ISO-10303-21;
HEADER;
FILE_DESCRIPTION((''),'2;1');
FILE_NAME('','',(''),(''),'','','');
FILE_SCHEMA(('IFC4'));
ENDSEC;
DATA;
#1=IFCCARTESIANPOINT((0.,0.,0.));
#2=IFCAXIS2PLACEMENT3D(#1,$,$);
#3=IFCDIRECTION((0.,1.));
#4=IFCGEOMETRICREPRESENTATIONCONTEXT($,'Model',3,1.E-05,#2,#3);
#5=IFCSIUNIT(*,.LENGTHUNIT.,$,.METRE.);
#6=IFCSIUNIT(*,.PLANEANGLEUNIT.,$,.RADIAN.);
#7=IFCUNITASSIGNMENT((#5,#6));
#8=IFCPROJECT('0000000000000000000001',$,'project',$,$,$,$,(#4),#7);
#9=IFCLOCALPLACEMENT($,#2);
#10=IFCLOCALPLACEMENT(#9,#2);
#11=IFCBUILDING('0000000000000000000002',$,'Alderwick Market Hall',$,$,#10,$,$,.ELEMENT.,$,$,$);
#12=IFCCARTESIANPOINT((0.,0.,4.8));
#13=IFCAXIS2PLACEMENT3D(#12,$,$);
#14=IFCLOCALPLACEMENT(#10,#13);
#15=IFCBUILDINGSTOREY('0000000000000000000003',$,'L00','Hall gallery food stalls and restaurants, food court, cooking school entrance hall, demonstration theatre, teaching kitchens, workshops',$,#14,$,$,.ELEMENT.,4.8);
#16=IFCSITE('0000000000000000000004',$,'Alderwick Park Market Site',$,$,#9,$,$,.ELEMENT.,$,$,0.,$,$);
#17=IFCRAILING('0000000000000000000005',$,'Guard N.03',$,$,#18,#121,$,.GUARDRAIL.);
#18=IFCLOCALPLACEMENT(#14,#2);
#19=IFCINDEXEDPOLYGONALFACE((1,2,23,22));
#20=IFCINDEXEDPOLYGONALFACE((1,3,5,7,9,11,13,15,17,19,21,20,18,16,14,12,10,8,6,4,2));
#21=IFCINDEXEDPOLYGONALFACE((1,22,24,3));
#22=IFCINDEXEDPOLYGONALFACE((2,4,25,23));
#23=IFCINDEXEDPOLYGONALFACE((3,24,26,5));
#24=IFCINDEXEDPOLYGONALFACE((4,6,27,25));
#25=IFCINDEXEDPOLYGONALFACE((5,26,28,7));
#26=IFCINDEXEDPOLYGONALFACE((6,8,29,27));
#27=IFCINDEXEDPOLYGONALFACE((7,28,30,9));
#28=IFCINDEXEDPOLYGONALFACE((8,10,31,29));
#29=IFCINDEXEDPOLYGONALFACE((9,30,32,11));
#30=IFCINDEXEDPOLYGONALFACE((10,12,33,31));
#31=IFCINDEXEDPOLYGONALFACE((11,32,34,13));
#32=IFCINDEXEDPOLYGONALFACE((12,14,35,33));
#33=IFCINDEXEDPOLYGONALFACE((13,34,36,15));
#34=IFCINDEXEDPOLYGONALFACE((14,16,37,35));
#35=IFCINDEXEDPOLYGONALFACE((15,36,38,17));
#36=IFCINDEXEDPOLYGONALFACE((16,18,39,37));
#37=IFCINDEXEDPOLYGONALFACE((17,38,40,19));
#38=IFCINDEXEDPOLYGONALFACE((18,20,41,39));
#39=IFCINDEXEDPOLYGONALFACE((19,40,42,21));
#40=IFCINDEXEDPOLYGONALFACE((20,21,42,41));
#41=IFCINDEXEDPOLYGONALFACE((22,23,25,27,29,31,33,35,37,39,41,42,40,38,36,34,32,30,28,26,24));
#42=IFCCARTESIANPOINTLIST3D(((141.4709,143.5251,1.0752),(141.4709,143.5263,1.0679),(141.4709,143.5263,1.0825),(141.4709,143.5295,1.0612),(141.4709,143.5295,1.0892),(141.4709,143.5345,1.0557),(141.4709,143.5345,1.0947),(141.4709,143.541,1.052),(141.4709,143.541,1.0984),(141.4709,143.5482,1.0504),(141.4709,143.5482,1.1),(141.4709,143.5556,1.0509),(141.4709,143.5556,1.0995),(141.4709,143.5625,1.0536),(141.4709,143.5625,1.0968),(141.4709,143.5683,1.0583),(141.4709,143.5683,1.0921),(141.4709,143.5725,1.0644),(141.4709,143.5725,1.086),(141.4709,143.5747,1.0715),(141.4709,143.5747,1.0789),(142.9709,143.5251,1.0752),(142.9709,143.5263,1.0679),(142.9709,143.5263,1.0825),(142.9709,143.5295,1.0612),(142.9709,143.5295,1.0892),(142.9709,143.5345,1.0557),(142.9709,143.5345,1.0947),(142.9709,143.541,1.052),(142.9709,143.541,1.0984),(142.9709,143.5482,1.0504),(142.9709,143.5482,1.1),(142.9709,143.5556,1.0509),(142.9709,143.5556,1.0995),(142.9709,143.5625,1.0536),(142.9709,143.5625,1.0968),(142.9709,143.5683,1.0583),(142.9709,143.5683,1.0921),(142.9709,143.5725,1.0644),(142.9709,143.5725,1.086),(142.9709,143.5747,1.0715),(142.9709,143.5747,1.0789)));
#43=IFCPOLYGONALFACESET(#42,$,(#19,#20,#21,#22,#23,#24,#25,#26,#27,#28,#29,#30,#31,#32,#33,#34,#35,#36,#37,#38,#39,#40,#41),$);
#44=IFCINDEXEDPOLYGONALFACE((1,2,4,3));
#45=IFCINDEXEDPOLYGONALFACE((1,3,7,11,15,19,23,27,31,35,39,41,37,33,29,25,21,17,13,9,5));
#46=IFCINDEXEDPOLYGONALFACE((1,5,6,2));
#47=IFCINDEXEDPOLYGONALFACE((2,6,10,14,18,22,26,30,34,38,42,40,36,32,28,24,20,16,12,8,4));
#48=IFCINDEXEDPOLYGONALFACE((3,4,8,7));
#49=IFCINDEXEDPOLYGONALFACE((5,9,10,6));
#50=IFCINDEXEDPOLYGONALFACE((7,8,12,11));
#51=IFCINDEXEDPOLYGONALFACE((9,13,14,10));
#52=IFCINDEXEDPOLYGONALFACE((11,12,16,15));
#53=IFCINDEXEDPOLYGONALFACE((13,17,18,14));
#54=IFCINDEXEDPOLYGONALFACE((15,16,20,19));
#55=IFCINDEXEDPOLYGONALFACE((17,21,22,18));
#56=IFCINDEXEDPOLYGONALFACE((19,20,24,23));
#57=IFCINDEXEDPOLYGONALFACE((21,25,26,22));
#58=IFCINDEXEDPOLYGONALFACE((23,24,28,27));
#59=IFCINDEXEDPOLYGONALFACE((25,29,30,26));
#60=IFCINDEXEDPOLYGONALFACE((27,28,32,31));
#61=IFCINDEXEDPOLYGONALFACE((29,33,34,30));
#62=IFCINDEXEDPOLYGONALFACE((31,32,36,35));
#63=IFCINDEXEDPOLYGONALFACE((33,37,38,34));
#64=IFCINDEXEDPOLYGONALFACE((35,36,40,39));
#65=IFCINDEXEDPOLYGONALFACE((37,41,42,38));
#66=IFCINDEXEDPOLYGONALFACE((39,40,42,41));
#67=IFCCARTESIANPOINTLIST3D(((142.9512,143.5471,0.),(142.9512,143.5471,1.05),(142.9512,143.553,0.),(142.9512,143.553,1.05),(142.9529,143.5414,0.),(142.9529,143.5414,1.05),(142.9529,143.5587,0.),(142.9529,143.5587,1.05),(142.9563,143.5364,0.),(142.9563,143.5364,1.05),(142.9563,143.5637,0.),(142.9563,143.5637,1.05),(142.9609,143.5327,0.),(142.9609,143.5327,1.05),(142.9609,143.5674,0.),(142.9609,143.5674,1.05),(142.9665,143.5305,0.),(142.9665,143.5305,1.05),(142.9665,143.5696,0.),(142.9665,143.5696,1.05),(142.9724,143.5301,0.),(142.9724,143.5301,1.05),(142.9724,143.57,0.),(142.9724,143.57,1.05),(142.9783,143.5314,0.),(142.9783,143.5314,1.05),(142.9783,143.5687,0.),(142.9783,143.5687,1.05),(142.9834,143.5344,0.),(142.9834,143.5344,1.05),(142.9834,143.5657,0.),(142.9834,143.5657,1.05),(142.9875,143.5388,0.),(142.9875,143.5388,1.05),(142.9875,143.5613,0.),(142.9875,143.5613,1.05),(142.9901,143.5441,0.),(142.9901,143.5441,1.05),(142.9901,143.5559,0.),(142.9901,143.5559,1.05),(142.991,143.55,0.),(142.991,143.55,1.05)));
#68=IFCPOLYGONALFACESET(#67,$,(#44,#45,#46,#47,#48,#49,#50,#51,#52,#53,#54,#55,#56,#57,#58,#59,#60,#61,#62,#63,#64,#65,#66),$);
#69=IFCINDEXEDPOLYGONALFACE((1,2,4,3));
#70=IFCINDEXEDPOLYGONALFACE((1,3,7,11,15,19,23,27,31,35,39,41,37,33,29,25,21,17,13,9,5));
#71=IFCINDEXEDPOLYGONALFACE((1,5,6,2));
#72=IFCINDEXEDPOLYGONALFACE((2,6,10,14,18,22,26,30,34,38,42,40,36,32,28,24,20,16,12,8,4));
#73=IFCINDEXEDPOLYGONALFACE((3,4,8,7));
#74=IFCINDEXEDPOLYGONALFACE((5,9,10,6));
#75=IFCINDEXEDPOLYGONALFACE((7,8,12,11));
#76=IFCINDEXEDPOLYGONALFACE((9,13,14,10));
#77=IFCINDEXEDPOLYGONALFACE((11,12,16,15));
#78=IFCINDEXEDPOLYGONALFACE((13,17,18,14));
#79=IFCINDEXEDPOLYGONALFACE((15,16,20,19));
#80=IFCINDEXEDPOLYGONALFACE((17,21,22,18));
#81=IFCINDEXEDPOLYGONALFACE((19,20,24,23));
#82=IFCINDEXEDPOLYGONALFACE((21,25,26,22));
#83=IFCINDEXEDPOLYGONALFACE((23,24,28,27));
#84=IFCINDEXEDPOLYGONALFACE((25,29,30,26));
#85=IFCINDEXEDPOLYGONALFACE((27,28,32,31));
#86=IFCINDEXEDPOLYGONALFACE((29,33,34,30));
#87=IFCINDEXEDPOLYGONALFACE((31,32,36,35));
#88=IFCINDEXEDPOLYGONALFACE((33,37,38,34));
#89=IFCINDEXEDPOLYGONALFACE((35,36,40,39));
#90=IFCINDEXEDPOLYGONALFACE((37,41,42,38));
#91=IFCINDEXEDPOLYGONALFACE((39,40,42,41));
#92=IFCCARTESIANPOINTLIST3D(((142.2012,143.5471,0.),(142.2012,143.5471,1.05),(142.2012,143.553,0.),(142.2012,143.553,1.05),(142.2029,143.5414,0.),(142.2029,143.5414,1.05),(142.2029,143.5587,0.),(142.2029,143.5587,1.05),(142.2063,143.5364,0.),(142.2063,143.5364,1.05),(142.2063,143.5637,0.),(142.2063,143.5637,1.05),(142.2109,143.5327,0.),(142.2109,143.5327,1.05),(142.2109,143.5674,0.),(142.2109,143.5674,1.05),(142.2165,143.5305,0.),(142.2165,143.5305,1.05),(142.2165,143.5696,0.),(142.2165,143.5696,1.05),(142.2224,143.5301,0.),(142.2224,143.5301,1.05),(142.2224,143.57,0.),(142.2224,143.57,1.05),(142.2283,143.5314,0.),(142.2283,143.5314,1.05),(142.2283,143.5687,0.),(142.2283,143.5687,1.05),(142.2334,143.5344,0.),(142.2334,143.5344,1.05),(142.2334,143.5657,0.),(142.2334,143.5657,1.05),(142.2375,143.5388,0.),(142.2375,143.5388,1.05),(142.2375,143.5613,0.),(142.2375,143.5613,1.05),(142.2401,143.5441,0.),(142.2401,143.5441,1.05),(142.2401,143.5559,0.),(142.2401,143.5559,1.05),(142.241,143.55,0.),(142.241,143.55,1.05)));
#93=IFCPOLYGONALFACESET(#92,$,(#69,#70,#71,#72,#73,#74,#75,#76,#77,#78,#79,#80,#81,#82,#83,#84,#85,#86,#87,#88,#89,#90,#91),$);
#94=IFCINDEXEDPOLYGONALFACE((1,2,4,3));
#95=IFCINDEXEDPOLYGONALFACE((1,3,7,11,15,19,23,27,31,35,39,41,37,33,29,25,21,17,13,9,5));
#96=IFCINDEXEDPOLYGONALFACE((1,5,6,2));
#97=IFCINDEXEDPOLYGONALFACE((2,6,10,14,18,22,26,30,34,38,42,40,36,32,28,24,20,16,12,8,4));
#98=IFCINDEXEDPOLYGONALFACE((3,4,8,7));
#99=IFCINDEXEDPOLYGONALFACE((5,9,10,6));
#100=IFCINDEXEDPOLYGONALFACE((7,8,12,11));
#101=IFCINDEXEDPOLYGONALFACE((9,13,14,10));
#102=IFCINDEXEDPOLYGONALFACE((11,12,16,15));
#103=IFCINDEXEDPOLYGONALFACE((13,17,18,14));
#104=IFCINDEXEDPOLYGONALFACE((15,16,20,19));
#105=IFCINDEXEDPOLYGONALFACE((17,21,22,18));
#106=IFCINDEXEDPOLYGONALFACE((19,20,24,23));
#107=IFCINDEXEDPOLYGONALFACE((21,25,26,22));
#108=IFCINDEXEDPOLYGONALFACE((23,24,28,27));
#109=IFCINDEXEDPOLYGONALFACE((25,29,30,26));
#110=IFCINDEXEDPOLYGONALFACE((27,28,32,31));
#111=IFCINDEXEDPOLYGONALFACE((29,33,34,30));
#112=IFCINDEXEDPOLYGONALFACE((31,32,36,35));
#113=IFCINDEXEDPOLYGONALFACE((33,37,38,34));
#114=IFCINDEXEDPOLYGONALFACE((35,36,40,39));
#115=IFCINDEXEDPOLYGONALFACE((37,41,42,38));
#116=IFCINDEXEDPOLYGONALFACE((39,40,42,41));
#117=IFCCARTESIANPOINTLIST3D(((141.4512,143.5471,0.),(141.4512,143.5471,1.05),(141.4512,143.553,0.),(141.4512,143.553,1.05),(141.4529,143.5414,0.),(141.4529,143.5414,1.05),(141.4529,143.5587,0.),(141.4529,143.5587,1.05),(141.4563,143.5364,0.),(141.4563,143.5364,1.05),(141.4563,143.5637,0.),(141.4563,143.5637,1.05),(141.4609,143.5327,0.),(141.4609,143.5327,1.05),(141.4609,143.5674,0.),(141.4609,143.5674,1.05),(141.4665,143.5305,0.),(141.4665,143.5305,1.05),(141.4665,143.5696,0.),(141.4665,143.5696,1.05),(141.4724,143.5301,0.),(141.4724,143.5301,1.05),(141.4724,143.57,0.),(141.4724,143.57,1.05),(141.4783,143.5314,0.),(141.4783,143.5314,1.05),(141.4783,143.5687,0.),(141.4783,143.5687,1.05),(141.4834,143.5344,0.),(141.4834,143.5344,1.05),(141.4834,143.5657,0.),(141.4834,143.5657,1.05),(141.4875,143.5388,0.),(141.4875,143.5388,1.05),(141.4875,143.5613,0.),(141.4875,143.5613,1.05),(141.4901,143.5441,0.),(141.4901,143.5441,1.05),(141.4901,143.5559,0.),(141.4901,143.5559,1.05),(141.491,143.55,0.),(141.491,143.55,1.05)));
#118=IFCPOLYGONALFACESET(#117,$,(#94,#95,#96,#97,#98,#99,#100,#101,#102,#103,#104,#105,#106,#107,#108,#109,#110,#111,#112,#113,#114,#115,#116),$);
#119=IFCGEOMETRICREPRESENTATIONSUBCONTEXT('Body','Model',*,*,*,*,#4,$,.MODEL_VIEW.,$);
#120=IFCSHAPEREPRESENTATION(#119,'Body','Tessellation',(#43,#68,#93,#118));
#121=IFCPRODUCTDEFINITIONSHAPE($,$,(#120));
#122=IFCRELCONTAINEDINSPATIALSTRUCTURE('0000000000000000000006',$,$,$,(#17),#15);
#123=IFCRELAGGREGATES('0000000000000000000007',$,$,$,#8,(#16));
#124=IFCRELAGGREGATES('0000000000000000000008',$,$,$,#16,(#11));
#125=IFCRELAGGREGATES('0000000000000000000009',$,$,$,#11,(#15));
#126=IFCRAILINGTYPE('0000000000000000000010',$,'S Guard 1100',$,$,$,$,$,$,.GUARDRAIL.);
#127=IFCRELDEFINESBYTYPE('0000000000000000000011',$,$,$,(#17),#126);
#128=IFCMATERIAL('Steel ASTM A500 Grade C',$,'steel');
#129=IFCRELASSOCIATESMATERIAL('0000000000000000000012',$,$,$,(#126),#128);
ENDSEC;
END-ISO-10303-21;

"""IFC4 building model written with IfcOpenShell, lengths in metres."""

from ifc_helpers import new_model, si_unit, direction, frame, origin, origin_2d, place, context, subcontext, project, spatial, circle, extrude, material, type_object, element, save


model = new_model("IFC4")

# Units and contexts
model_context = context("Model", 3, precision=1e-05, world=origin(), true_north=direction((0.0, 1.0)))
body_context = subcontext(model_context, "Body", "Model", "MODEL_VIEW")
ifc_project = project(units=[si_unit("LENGTHUNIT", "METRE"), si_unit("PLANEANGLEUNIT", "RADIAN")], contexts=[model_context])

# Site, building, storey
site_placement = place(None, origin())
site = spatial("IfcSite", under=ifc_project, at=site_placement, Name="Alderwick Park Market Site", CompositionType="ELEMENT", RefElevation=0.0)
building_placement = place(site_placement, origin())
building = spatial("IfcBuilding", under=site, at=building_placement, Name="Alderwick Market Hall", CompositionType="ELEMENT")
storey_placement = place(building_placement, frame((0.0, 0.0, 4.8)))
storey = spatial("IfcBuildingStorey", under=building, at=storey_placement, Name="L00", Description="Hall gallery food stalls and restaurants, food court, cooking school entrance hall, demonstration theatre, teaching kitchens, workshops", CompositionType="ELEMENT", Elevation=4.8)

# Shared definitions
ifc_material_1 = material(Name="Steel ASTM A500 Grade C", Category="steel")

# Railing
railing_type_1 = type_object("IfcRailingType", Name="S Guard 1100", PredefinedType="GUARDRAIL", material=ifc_material_1)
railing_1_placement = place(storey_placement, frame((142.9709, 143.55, 0.0)))
element("IfcRailing", 1, at=railing_1_placement, inside=storey, type_object=railing_type_1, Name="Guard N.03", PredefinedType="GUARDRAIL", context=body_context, shape_type="SweptSolid", body=[
    extrude(circle(Radius=0.0249, at=origin_2d()), frame((0.0, 0.0, 1.0752), z_axis=(-1.0, 0.0, 0.0), x_axis=(0.0, -1.0, 0.0)), (0.0, 0.0, 1.0), 1.5),
    extrude(circle(Radius=0.02, at=origin_2d()), origin(), (0.0, 0.0, 1.0), 1.05),
    extrude(circle(Radius=0.02, at=origin_2d()), frame((-0.75, 0.0, 0.0)), (0.0, 0.0, 1.0), 1.05),
    extrude(circle(Radius=0.02, at=origin_2d()), frame((-1.5, 0.0, 0.0)), (0.0, 0.0, 1.0), 1.05),
])

save(model, "model.ifc")
